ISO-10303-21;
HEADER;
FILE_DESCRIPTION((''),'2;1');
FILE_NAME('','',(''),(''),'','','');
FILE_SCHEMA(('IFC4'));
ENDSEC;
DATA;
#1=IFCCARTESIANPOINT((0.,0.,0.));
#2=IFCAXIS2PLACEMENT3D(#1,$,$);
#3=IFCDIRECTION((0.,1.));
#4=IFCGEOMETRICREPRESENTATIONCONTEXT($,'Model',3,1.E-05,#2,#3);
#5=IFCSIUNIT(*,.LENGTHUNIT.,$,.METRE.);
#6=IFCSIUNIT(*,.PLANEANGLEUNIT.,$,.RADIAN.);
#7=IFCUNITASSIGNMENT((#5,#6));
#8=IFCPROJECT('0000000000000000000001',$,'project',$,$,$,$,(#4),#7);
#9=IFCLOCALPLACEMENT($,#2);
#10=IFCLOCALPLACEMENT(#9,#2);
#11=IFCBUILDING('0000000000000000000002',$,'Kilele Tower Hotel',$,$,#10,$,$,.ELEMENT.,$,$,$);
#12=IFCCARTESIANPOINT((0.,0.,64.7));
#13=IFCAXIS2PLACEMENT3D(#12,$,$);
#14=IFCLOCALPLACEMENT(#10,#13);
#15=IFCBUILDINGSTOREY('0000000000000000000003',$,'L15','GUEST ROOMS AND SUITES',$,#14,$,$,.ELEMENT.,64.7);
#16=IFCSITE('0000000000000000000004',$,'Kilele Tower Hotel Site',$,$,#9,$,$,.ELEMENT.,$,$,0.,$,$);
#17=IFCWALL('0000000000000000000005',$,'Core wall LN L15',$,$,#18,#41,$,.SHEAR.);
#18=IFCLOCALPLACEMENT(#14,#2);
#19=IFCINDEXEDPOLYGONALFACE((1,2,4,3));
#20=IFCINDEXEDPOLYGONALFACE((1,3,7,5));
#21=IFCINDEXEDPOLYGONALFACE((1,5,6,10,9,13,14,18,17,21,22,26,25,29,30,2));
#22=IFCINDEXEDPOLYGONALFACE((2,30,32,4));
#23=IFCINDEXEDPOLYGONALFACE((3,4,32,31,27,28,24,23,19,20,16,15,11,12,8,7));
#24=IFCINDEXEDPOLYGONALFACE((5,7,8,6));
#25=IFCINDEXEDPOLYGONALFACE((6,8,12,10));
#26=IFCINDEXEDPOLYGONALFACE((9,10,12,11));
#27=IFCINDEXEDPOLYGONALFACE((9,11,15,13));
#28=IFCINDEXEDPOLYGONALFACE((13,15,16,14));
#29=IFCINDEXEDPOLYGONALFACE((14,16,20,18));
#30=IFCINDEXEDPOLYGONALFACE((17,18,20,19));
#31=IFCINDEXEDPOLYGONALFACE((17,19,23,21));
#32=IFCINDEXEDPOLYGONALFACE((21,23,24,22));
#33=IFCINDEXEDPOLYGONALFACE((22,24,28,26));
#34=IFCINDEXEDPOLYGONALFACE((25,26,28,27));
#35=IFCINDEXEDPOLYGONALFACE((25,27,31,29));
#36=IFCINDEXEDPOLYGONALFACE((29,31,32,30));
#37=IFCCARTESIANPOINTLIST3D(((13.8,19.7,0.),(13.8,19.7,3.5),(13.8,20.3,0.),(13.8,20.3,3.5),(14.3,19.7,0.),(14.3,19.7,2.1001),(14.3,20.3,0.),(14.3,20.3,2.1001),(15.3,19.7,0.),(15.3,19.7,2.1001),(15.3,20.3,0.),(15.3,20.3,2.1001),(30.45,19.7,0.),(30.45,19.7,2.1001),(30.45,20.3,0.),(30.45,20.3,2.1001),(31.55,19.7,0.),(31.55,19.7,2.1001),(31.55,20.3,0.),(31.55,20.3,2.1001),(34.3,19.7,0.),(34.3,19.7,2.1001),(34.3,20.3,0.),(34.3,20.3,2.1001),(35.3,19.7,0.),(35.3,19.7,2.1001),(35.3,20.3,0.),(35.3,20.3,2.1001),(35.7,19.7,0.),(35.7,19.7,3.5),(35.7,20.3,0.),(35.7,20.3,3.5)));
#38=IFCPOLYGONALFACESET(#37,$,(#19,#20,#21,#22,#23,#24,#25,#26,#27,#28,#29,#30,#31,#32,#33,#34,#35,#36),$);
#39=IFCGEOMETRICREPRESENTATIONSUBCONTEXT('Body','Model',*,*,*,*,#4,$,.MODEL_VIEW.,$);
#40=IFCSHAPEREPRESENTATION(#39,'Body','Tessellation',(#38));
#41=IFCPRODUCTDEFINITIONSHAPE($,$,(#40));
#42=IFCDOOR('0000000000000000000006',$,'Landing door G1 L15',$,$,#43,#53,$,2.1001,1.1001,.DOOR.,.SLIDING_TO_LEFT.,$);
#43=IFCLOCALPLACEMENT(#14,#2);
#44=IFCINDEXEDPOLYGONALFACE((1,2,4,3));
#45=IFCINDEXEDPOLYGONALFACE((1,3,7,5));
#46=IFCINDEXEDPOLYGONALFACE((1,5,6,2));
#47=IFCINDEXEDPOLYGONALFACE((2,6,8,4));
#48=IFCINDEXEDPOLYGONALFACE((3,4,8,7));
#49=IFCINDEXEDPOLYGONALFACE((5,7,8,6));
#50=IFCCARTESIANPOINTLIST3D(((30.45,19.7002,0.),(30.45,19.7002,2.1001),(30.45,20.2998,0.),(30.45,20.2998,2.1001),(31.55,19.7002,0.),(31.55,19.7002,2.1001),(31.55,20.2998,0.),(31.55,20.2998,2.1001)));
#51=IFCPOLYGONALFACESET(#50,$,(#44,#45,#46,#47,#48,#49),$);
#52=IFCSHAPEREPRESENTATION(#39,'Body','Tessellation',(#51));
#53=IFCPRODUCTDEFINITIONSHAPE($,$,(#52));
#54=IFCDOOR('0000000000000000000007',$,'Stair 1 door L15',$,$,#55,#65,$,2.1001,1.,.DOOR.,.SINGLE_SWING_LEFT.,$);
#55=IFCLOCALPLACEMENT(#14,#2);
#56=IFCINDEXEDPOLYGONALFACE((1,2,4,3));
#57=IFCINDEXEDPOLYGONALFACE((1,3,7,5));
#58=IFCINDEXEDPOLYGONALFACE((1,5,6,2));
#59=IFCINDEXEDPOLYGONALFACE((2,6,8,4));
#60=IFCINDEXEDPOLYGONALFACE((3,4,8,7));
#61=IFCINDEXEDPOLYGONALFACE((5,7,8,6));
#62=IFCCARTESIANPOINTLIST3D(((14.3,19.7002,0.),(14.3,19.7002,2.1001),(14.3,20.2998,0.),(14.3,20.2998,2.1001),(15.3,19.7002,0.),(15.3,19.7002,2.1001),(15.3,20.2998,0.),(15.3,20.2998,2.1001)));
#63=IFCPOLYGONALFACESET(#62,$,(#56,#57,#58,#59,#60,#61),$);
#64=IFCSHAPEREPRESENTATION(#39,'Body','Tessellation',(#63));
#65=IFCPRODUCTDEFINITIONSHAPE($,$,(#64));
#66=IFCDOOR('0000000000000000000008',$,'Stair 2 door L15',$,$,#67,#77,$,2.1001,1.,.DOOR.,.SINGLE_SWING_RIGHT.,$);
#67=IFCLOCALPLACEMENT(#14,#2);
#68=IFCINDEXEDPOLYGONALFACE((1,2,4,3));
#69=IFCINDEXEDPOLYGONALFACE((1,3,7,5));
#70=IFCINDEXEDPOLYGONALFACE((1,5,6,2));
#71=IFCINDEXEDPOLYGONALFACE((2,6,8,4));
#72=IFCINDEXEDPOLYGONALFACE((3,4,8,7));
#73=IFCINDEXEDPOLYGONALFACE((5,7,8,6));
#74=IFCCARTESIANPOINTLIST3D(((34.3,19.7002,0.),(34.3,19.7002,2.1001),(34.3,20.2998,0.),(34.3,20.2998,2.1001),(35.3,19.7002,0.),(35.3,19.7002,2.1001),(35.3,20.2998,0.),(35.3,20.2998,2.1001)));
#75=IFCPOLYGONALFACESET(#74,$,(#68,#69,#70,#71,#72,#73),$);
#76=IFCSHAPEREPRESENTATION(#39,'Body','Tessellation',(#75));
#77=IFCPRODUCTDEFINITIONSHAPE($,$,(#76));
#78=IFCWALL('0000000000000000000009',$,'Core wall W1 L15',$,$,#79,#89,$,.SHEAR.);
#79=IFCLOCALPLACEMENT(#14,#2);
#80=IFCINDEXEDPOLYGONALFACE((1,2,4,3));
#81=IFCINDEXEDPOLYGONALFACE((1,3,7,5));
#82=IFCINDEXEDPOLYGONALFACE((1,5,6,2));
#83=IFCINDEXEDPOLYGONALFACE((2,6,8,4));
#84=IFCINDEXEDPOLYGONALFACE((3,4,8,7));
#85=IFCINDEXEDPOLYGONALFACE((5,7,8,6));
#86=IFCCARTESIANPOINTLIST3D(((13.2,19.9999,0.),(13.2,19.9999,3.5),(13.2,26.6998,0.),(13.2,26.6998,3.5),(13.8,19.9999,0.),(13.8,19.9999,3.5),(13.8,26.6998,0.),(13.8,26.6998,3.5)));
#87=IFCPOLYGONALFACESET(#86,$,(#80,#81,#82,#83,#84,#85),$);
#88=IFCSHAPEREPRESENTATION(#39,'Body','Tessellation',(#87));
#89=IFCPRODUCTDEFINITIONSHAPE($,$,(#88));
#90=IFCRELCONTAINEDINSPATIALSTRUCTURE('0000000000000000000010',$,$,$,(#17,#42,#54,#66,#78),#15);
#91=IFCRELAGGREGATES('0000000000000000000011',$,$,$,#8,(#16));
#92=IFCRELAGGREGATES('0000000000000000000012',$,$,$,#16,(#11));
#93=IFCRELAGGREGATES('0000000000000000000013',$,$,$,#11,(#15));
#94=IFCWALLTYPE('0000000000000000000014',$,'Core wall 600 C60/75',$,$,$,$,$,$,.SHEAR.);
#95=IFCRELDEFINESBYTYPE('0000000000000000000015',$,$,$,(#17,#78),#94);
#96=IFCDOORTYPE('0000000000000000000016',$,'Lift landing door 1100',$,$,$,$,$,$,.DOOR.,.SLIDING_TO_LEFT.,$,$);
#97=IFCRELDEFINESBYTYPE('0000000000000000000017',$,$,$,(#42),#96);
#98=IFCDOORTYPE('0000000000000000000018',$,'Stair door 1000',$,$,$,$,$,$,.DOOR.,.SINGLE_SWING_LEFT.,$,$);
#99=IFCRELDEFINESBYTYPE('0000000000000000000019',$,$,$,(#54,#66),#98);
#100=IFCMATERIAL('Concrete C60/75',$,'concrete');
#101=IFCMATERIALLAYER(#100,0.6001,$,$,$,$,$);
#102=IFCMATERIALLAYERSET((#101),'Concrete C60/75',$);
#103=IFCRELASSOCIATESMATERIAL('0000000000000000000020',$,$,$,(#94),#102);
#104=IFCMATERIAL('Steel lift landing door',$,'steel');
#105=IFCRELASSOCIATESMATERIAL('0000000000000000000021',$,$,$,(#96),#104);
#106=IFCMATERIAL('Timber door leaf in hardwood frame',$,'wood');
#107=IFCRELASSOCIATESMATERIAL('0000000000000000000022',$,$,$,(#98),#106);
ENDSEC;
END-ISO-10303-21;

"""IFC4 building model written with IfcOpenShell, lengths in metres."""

from ifc_helpers import new_model, si_unit, direction, frame, frame_2d, origin, place, context, subcontext, project, spatial, rectangle, extrude, material, layer, layer_set, type_object, element, fill, save


model = new_model("IFC4")

# Units and contexts
model_context = context("Model", 3, precision=1e-05, world=origin(), true_north=direction((0.0, 1.0)))
body_context = subcontext(model_context, "Body", "Model", "MODEL_VIEW")
ifc_project = project(units=[si_unit("LENGTHUNIT", "METRE"), si_unit("PLANEANGLEUNIT", "RADIAN")], contexts=[model_context])

# Site, building, storey
site_placement = place(None, origin())
site = spatial("IfcSite", under=ifc_project, at=site_placement, Name="Kilele Tower Hotel Site", CompositionType="ELEMENT", RefElevation=0.0)
building_placement = place(site_placement, origin())
building = spatial("IfcBuilding", under=site, at=building_placement, Name="Kilele Tower Hotel", CompositionType="ELEMENT")
storey_placement = place(building_placement, frame((0.0, 0.0, 64.7)))
storey = spatial("IfcBuildingStorey", under=building, at=storey_placement, Name="L15", Description="GUEST ROOMS AND SUITES", CompositionType="ELEMENT", Elevation=64.7)

# Wall, openings, doors
ifc_material_1 = material(Name="Concrete C60/75", Category="concrete")
ifc_layer_1 = layer(ifc_material_1, 0.6001)
ifc_layer_set_1 = layer_set([ifc_layer_1], Name="Concrete C60/75")
wall_type_1 = type_object("IfcWallType", Name="Core wall 600 C60/75", PredefinedType="SHEAR", material=ifc_layer_set_1)
wall_1_placement = place(storey_placement, frame((13.8, 20.0, 0.0), z_axis=(0.0, 0.0, 1.0), x_axis=(1.0, 0.0, 0.0)))
wall_1 = element("IfcWall", 1, at=wall_1_placement, inside=storey, type_object=wall_type_1, Name="Core wall LN L15", PredefinedType="SHEAR", context=body_context, shape_type="SweptSolid", body=[
    extrude(rectangle(XDim=21.8999, YDim=0.6001, at=frame_2d((10.95, 0.0))), origin(), (0.0, 0.0, 1.0), 3.5),
])
opening_1_placement = place(wall_1_placement, frame((0.5, 0.0, 0.0)))
opening_1 = element("IfcOpeningElement", 2, at=opening_1_placement, cuts=wall_1, PredefinedType="OPENING", context=body_context, shape_type="SweptSolid", body=[
    extrude(rectangle(XDim=1.0, YDim=2.1001, at=frame_2d((0.5, 1.05))), frame((0.0, 0.3101, 0.0), z_axis=(0.0, -1.0, 0.0), x_axis=(1.0, 0.0, 0.0)), (0.0, 0.0, 1.0), 0.6201),
])
opening_2_placement = place(wall_1_placement, frame((20.5, 0.0, 0.0)))
opening_2 = element("IfcOpeningElement", 3, at=opening_2_placement, cuts=wall_1, PredefinedType="OPENING", context=body_context, shape_type="SweptSolid", body=[
    extrude(rectangle(XDim=1.0, YDim=2.1001, at=frame_2d((0.5, 1.05))), frame((0.0, 0.3101, 0.0), z_axis=(0.0, -1.0, 0.0), x_axis=(1.0, 0.0, 0.0)), (0.0, 0.0, 1.0), 0.6201),
])
opening_3_placement = place(wall_1_placement, frame((16.6499, 0.0, 0.0)))
opening_3 = element("IfcOpeningElement", 4, at=opening_3_placement, cuts=wall_1, PredefinedType="OPENING", context=body_context, shape_type="SweptSolid", body=[
    extrude(rectangle(XDim=1.1001, YDim=2.1001, at=frame_2d((0.55, 1.05))), frame((0.0, 0.3101, 0.0), z_axis=(0.0, -1.0, 0.0), x_axis=(1.0, 0.0, 0.0)), (0.0, 0.0, 1.0), 0.6201),
])
ifc_material_2 = material(Name="Steel lift landing door", Category="steel")
door_type_1 = type_object("IfcDoorType", Name="Lift landing door 1100", OperationType="SLIDING_TO_LEFT", PredefinedType="DOOR", material=ifc_material_2)
door_1_placement = place(opening_3_placement, origin())
door_1 = element("IfcDoor", 5, at=door_1_placement, inside=storey, type_object=door_type_1, Name="Landing door G1 L15", OperationType="SLIDING_TO_LEFT", OverallHeight=2.1001, OverallWidth=1.1001, PredefinedType="DOOR", context=body_context, shape_type="SweptSolid", body=[
    extrude(rectangle(XDim=1.1001, YDim=2.1001, at=frame_2d((0.55, 1.05))), frame((0.0, 0.2998, 0.0), z_axis=(0.0, -1.0, 0.0), x_axis=(1.0, 0.0, 0.0)), (0.0, 0.0, 1.0), 0.5996),
])
fill(opening_3, door_1)
ifc_material_3 = material(Name="Timber door leaf in hardwood frame", Category="wood")
door_type_2 = type_object("IfcDoorType", Name="Stair door 1000", OperationType="SINGLE_SWING_LEFT", PredefinedType="DOOR", material=ifc_material_3)
door_2_placement = place(opening_1_placement, origin())
door_2 = element("IfcDoor", 6, at=door_2_placement, inside=storey, type_object=door_type_2, Name="Stair 1 door L15", OperationType="SINGLE_SWING_LEFT", OverallHeight=2.1001, OverallWidth=1.0, PredefinedType="DOOR", context=body_context, shape_type="SweptSolid", body=[
    extrude(rectangle(XDim=1.0, YDim=2.1001, at=frame_2d((0.5, 1.05))), frame((0.0, 0.2998, 0.0), z_axis=(0.0, -1.0, 0.0), x_axis=(1.0, 0.0, 0.0)), (0.0, 0.0, 1.0), 0.5996),
])
fill(opening_1, door_2)
door_3_placement = place(opening_2_placement, origin())
door_3 = element("IfcDoor", 7, at=door_3_placement, inside=storey, type_object=door_type_2, Name="Stair 2 door L15", OperationType="SINGLE_SWING_RIGHT", OverallHeight=2.1001, OverallWidth=1.0, PredefinedType="DOOR", context=body_context, shape_type="SweptSolid", body=[
    extrude(rectangle(XDim=1.0, YDim=2.1001, at=frame_2d((0.5, 1.05))), frame((0.0, 0.2998, 0.0), z_axis=(0.0, -1.0, 0.0), x_axis=(1.0, 0.0, 0.0)), (0.0, 0.0, 1.0), 0.5996),
])
fill(opening_2, door_3)

# Wall
wall_2_placement = place(storey_placement, frame((13.5, 26.7, 0.0), z_axis=(0.0, 0.0, 1.0), x_axis=(0.0, -1.0, 0.0)))
element("IfcWall", 8, at=wall_2_placement, inside=storey, type_object=wall_type_1, Name="Core wall W1 L15", PredefinedType="SHEAR", context=body_context, shape_type="SweptSolid", body=[
    extrude(rectangle(XDim=6.7, YDim=0.6001, at=frame_2d((3.3501, 0.0))), origin(), (0.0, 0.0, 1.0), 3.5),
])

save(model, "model.ifc")
